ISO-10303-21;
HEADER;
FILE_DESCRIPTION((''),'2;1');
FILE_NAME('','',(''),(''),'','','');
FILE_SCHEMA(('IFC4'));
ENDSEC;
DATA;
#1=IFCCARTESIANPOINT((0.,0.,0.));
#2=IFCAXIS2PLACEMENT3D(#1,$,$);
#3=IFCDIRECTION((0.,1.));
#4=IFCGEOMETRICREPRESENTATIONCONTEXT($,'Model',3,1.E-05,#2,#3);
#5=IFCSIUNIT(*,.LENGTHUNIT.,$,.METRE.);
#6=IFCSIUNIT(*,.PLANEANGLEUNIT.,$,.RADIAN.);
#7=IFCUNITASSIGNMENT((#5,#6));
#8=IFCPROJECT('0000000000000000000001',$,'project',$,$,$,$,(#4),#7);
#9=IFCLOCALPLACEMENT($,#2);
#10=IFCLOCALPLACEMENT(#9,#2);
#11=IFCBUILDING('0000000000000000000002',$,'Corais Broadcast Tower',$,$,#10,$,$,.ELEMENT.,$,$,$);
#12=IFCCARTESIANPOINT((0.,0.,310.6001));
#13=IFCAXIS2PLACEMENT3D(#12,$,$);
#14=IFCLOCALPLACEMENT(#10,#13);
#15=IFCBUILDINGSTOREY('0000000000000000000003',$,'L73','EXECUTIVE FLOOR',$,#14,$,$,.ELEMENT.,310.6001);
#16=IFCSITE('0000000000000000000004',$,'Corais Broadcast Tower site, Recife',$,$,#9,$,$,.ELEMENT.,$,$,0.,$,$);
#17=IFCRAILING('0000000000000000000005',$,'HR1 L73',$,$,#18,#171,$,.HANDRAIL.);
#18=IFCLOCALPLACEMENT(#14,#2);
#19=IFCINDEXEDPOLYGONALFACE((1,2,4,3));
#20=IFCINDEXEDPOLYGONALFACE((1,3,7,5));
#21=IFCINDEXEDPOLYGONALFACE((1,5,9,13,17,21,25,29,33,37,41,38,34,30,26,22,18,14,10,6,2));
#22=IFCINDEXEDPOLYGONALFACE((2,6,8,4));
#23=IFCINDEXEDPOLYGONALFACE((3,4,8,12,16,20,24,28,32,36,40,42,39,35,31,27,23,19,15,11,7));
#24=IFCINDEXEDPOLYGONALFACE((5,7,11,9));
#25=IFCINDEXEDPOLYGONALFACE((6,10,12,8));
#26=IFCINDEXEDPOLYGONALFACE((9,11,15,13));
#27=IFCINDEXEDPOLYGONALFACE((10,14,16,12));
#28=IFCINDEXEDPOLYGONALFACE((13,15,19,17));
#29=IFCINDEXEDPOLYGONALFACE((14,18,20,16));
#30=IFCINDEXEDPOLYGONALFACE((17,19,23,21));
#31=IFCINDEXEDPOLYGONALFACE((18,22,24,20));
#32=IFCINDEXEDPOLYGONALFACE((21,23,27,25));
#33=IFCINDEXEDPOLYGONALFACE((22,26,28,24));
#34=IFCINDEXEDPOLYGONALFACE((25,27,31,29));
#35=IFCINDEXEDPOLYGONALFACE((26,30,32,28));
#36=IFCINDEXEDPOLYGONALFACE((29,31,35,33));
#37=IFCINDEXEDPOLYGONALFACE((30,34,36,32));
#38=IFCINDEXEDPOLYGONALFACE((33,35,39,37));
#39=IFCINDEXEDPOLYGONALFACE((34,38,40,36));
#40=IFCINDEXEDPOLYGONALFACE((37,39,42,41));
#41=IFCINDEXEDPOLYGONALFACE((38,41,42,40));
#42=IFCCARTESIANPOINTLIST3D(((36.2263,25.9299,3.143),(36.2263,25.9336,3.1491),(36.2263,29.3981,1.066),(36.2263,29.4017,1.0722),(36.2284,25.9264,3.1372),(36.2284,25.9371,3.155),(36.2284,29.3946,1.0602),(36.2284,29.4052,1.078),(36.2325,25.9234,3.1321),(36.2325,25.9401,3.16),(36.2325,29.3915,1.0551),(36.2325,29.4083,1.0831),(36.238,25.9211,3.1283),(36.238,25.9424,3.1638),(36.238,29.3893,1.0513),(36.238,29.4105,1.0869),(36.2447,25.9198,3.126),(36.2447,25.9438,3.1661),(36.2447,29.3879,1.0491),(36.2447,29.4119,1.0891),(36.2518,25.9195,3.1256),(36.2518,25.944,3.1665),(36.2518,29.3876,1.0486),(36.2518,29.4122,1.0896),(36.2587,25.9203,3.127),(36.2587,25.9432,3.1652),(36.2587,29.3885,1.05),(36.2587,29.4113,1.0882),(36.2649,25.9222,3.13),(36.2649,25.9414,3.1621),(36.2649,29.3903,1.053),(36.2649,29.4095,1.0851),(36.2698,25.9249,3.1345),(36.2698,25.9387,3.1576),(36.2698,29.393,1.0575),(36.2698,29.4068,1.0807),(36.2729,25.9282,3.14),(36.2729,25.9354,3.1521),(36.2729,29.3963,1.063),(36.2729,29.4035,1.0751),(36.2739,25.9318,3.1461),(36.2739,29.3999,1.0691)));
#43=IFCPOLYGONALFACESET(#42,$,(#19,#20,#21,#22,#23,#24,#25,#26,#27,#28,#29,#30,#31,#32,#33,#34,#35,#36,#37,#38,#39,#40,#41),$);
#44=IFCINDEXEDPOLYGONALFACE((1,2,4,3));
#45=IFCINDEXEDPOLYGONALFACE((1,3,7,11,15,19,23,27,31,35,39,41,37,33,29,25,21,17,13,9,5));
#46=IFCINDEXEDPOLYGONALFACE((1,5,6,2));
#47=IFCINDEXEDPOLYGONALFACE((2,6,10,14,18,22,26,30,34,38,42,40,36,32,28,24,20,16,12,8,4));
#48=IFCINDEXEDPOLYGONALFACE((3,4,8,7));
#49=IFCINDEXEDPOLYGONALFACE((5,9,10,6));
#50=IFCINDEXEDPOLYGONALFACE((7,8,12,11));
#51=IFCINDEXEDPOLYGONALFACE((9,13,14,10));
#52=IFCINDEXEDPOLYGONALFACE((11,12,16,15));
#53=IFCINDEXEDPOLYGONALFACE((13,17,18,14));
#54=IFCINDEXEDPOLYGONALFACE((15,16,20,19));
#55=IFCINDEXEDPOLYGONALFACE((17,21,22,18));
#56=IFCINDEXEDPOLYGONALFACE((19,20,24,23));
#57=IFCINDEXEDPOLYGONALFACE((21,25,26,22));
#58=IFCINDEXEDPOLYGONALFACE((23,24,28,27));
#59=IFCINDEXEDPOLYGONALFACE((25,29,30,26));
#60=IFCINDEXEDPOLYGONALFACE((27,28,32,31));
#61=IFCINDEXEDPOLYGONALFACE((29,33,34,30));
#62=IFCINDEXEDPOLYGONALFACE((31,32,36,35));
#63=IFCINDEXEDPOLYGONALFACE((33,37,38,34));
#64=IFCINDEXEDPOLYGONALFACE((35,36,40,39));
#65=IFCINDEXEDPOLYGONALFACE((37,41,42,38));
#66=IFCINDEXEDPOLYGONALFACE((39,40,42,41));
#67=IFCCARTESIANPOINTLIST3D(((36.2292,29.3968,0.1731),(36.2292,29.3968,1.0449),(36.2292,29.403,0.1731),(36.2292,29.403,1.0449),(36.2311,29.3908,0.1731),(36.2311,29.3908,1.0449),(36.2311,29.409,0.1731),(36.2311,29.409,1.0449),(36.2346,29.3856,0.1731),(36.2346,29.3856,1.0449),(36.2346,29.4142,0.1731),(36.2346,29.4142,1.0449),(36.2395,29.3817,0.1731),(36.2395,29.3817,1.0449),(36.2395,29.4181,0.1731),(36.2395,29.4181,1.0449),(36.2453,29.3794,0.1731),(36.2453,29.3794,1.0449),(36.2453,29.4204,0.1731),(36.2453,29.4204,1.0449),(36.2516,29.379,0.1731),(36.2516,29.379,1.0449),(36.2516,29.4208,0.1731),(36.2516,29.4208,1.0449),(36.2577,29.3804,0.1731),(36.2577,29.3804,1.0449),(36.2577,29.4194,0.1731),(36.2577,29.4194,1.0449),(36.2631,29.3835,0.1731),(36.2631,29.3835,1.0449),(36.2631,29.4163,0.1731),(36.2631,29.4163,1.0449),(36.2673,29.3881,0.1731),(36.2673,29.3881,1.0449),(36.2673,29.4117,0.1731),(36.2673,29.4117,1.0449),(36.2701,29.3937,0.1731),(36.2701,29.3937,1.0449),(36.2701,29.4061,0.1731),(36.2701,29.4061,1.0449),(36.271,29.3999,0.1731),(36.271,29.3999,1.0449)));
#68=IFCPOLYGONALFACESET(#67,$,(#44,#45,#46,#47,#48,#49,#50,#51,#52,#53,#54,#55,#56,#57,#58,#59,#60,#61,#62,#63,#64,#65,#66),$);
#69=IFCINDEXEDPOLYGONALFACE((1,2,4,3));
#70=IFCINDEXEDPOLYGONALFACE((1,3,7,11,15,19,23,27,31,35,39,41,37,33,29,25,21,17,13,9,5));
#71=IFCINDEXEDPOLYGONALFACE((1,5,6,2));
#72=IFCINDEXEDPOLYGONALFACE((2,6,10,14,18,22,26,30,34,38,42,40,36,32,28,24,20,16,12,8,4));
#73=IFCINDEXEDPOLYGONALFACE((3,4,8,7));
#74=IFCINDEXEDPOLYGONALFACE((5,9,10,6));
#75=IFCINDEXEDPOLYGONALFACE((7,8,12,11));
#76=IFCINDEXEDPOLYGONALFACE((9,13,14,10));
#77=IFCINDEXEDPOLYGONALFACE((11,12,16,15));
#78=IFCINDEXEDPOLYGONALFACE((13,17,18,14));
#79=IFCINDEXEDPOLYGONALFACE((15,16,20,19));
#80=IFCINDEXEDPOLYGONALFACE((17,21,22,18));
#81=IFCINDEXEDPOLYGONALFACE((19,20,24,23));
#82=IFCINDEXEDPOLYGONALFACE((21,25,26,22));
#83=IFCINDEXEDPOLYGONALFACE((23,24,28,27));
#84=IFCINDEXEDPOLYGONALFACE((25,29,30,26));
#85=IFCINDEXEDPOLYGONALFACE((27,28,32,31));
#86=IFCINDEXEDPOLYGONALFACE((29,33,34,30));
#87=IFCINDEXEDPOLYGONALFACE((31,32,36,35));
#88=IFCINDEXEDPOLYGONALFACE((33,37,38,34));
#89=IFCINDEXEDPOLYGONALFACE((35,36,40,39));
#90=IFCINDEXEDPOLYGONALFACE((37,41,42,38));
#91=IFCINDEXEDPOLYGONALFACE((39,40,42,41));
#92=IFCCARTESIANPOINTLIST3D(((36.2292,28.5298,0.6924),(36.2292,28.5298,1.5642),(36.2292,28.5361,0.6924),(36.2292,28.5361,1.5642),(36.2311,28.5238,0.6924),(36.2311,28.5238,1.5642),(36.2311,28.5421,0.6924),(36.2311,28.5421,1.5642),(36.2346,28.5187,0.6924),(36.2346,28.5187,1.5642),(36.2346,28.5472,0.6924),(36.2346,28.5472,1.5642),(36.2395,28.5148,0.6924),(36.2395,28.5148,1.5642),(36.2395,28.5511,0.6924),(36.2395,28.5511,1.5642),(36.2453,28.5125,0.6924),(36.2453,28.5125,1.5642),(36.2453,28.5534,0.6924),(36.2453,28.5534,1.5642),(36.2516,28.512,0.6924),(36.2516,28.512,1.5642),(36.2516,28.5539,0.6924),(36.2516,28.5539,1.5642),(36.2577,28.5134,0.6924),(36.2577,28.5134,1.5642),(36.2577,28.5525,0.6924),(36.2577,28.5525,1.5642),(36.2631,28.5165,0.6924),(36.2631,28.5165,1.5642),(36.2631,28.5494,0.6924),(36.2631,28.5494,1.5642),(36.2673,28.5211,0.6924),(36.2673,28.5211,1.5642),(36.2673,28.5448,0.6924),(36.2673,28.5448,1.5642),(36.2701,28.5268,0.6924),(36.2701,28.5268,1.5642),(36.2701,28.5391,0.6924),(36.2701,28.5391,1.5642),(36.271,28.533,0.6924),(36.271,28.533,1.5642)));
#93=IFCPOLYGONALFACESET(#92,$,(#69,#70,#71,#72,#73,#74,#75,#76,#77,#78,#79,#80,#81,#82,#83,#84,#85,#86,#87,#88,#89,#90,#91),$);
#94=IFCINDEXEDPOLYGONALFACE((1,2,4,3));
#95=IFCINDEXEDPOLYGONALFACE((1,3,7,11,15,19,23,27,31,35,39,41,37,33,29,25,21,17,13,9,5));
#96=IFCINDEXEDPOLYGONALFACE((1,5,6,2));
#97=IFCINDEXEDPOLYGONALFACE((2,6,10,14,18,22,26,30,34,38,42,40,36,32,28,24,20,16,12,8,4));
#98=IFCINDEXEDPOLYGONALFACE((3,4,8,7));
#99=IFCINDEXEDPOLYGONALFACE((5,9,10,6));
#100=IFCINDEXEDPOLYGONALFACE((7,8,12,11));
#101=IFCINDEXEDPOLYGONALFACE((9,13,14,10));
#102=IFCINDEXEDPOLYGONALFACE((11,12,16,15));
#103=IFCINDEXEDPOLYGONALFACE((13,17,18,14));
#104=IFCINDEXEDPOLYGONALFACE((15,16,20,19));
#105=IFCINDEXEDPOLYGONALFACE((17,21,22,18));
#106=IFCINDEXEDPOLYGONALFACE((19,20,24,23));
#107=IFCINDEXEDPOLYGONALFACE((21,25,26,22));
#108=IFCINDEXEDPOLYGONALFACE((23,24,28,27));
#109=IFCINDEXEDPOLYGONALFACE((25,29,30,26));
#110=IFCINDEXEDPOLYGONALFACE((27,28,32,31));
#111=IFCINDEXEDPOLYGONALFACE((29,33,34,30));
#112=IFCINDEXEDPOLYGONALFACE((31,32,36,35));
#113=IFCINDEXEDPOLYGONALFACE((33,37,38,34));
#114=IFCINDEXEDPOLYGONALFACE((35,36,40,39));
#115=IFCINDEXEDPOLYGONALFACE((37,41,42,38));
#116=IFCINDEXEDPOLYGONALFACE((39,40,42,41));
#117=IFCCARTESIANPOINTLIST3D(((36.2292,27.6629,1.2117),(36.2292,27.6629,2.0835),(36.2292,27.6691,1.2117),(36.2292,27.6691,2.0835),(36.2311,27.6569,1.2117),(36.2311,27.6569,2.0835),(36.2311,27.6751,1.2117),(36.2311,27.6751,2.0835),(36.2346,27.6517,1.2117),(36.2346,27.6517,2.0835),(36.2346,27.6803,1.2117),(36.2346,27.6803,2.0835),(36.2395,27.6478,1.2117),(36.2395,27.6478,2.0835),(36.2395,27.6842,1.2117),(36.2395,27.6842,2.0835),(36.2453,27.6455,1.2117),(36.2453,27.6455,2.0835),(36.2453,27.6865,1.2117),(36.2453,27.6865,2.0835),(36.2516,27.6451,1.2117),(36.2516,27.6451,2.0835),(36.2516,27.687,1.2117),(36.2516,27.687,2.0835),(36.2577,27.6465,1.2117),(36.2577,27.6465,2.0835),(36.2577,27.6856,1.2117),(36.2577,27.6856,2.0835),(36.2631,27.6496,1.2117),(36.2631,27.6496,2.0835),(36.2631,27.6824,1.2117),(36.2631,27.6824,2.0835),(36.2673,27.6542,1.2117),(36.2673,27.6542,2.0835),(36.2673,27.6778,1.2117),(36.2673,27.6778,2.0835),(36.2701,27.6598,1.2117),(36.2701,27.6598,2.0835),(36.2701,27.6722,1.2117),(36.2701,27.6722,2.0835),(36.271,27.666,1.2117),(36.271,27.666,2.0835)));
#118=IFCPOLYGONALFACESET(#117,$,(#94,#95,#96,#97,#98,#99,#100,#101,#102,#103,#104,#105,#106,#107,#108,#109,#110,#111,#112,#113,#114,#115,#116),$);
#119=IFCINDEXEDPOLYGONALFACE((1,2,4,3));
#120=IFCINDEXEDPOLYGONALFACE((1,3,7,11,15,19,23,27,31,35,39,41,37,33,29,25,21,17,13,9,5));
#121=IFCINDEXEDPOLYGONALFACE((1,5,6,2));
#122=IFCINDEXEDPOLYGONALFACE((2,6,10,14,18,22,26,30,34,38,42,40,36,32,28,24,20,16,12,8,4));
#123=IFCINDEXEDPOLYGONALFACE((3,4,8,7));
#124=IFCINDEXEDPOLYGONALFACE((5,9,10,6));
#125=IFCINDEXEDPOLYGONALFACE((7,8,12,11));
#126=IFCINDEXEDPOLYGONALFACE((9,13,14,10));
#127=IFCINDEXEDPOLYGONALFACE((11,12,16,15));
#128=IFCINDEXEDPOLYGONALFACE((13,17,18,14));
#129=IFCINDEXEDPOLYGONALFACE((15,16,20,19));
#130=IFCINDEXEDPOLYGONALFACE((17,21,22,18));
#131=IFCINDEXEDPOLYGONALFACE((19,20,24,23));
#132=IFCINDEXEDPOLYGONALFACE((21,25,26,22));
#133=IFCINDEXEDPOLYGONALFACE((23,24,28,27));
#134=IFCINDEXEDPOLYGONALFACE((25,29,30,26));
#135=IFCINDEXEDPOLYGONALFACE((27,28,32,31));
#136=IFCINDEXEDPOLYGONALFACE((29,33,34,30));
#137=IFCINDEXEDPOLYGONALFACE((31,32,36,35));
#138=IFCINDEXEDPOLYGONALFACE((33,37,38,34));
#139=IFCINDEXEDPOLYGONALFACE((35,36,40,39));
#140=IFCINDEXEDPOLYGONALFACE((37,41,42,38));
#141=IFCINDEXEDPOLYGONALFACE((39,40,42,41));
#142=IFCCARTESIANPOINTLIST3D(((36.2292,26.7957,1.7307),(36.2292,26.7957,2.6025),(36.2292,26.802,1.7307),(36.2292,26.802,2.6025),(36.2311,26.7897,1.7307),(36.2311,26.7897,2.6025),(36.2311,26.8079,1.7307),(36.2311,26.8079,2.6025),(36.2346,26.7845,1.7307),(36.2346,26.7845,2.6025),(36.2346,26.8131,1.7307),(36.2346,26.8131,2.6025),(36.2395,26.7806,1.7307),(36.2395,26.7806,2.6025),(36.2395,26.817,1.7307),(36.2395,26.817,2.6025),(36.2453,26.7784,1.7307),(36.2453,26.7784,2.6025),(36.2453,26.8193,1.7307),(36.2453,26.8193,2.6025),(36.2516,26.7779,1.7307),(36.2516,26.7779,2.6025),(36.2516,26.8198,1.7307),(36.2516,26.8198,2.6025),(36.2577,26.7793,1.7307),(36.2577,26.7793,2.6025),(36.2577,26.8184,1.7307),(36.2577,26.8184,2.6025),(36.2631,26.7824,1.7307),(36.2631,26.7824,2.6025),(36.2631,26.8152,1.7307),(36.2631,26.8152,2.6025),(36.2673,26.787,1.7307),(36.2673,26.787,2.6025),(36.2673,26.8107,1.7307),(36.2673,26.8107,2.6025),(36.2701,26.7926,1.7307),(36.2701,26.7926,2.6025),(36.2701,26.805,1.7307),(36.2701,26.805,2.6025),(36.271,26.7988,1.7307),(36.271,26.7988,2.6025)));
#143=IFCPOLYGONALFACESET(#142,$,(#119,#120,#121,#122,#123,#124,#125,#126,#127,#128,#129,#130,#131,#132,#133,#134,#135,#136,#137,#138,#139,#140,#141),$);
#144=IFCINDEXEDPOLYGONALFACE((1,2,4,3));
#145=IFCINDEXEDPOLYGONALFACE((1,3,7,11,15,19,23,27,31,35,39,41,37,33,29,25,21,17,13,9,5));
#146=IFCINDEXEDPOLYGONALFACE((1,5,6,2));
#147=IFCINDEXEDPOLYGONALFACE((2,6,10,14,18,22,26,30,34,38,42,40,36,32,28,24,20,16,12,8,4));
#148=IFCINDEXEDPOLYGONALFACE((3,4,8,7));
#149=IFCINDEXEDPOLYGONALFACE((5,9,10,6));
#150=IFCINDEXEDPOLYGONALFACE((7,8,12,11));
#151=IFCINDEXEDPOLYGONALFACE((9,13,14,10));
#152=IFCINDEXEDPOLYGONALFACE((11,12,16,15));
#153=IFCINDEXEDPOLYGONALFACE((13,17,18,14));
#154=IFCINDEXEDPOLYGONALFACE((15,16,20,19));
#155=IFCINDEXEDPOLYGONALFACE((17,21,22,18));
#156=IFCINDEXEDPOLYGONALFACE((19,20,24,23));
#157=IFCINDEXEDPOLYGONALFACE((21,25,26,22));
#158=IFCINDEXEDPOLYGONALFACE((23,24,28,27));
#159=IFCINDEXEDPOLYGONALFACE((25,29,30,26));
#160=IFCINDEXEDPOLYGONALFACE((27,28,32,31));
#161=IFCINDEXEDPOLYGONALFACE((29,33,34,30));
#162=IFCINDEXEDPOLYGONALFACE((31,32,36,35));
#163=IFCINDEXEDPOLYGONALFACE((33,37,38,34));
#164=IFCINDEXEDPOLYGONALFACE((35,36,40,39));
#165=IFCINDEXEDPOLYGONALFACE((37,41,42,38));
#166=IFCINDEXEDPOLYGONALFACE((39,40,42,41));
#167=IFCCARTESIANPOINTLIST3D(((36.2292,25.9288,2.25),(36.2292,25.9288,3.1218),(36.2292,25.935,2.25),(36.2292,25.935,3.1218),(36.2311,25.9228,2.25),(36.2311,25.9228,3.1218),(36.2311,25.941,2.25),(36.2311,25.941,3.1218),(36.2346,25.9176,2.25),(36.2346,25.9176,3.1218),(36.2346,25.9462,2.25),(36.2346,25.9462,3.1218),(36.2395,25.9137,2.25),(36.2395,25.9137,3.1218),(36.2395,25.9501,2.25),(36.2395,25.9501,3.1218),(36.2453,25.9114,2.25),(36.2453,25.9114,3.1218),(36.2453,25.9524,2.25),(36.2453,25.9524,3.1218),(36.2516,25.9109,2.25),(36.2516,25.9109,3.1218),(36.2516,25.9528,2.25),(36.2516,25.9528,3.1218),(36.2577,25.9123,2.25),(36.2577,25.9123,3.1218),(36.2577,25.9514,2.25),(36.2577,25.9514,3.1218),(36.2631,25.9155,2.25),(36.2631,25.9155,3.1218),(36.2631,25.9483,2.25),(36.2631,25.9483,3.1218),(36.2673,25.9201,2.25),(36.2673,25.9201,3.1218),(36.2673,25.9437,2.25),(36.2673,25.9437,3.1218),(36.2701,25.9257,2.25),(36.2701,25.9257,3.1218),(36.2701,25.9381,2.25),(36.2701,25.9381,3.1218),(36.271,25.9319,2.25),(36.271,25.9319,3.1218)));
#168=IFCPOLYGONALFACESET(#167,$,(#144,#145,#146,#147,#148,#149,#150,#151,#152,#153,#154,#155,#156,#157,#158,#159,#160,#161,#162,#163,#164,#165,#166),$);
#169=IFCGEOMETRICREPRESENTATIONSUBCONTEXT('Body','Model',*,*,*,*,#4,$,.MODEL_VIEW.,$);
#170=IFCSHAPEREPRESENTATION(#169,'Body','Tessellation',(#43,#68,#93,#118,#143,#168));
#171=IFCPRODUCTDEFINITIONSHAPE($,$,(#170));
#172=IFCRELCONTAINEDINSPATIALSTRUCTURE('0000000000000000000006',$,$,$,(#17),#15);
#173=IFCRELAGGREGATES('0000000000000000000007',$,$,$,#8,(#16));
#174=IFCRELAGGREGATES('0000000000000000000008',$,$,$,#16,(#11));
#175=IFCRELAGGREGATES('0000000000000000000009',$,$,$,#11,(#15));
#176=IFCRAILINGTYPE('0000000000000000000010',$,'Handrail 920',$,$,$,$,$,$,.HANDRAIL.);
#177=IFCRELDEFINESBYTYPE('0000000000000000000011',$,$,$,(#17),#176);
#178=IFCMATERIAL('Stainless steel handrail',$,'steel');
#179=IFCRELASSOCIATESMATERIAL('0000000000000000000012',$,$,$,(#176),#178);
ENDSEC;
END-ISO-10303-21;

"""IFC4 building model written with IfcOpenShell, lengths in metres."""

from ifc_helpers import new_model, si_unit, direction, frame, origin, origin_2d, place, context, subcontext, project, spatial, circle, extrude, material, type_object, element, save


model = new_model("IFC4")

# Units and contexts
model_context = context("Model", 3, precision=1e-05, world=origin(), true_north=direction((0.0, 1.0)))
body_context = subcontext(model_context, "Body", "Model", "MODEL_VIEW")
ifc_project = project(units=[si_unit("LENGTHUNIT", "METRE"), si_unit("PLANEANGLEUNIT", "RADIAN")], contexts=[model_context])

# Site, building, storey
site_placement = place(None, origin())
site = spatial("IfcSite", under=ifc_project, at=site_placement, Name="Corais Broadcast Tower site, Recife", CompositionType="ELEMENT", RefElevation=0.0)
building_placement = place(site_placement, origin())
building = spatial("IfcBuilding", under=site, at=building_placement, Name="Corais Broadcast Tower", CompositionType="ELEMENT")
storey_placement = place(building_placement, frame((0.0, 0.0, 310.6001)))
storey = spatial("IfcBuildingStorey", under=building, at=storey_placement, Name="L73", Description="EXECUTIVE FLOOR", CompositionType="ELEMENT", Elevation=310.6001)

# Railing
ifc_material_1 = material(Name="Stainless steel handrail", Category="steel")
railing_type = type_object("IfcRailingType", Name="Handrail 920", PredefinedType="HANDRAIL", material=ifc_material_1)
for number, where, name in (
    (1, (36.25, 29.3999, 0.1731), "HR1 L73"),
):
    element("IfcRailing", number, at=place(storey_placement, frame(where)), inside=storey, type_object=railing_type, Name=name, PredefinedType="HANDRAIL", context=body_context, shape_type="SweptSolid", body=[
        extrude(circle(Radius=0.0239, at=origin_2d()), frame((0.0, 0.0, 0.896), z_axis=(0.0, -0.857919, 0.513785), x_axis=(1.0, 0.0, 0.0)), (0.0, 0.0, 1.0), 4.0425),
        extrude(circle(Radius=0.021, at=origin_2d()), origin(), (0.0, 0.0, 1.0), 0.8718),
        extrude(circle(Radius=0.021, at=origin_2d()), frame((0.0, -0.8669, 0.5193)), (0.0, 0.0, 1.0), 0.8718),
        extrude(circle(Radius=0.021, at=origin_2d()), frame((0.0, -1.7339, 1.0386)), (0.0, 0.0, 1.0), 0.8718),
        extrude(circle(Radius=0.021, at=origin_2d()), frame((0.0, -2.6011, 1.5576)), (0.0, 0.0, 1.0), 0.8718),
        extrude(circle(Radius=0.021, at=origin_2d()), frame((0.0, -3.468, 2.0769)), (0.0, 0.0, 1.0), 0.8718),
    ])

save(model, "model.ifc")
